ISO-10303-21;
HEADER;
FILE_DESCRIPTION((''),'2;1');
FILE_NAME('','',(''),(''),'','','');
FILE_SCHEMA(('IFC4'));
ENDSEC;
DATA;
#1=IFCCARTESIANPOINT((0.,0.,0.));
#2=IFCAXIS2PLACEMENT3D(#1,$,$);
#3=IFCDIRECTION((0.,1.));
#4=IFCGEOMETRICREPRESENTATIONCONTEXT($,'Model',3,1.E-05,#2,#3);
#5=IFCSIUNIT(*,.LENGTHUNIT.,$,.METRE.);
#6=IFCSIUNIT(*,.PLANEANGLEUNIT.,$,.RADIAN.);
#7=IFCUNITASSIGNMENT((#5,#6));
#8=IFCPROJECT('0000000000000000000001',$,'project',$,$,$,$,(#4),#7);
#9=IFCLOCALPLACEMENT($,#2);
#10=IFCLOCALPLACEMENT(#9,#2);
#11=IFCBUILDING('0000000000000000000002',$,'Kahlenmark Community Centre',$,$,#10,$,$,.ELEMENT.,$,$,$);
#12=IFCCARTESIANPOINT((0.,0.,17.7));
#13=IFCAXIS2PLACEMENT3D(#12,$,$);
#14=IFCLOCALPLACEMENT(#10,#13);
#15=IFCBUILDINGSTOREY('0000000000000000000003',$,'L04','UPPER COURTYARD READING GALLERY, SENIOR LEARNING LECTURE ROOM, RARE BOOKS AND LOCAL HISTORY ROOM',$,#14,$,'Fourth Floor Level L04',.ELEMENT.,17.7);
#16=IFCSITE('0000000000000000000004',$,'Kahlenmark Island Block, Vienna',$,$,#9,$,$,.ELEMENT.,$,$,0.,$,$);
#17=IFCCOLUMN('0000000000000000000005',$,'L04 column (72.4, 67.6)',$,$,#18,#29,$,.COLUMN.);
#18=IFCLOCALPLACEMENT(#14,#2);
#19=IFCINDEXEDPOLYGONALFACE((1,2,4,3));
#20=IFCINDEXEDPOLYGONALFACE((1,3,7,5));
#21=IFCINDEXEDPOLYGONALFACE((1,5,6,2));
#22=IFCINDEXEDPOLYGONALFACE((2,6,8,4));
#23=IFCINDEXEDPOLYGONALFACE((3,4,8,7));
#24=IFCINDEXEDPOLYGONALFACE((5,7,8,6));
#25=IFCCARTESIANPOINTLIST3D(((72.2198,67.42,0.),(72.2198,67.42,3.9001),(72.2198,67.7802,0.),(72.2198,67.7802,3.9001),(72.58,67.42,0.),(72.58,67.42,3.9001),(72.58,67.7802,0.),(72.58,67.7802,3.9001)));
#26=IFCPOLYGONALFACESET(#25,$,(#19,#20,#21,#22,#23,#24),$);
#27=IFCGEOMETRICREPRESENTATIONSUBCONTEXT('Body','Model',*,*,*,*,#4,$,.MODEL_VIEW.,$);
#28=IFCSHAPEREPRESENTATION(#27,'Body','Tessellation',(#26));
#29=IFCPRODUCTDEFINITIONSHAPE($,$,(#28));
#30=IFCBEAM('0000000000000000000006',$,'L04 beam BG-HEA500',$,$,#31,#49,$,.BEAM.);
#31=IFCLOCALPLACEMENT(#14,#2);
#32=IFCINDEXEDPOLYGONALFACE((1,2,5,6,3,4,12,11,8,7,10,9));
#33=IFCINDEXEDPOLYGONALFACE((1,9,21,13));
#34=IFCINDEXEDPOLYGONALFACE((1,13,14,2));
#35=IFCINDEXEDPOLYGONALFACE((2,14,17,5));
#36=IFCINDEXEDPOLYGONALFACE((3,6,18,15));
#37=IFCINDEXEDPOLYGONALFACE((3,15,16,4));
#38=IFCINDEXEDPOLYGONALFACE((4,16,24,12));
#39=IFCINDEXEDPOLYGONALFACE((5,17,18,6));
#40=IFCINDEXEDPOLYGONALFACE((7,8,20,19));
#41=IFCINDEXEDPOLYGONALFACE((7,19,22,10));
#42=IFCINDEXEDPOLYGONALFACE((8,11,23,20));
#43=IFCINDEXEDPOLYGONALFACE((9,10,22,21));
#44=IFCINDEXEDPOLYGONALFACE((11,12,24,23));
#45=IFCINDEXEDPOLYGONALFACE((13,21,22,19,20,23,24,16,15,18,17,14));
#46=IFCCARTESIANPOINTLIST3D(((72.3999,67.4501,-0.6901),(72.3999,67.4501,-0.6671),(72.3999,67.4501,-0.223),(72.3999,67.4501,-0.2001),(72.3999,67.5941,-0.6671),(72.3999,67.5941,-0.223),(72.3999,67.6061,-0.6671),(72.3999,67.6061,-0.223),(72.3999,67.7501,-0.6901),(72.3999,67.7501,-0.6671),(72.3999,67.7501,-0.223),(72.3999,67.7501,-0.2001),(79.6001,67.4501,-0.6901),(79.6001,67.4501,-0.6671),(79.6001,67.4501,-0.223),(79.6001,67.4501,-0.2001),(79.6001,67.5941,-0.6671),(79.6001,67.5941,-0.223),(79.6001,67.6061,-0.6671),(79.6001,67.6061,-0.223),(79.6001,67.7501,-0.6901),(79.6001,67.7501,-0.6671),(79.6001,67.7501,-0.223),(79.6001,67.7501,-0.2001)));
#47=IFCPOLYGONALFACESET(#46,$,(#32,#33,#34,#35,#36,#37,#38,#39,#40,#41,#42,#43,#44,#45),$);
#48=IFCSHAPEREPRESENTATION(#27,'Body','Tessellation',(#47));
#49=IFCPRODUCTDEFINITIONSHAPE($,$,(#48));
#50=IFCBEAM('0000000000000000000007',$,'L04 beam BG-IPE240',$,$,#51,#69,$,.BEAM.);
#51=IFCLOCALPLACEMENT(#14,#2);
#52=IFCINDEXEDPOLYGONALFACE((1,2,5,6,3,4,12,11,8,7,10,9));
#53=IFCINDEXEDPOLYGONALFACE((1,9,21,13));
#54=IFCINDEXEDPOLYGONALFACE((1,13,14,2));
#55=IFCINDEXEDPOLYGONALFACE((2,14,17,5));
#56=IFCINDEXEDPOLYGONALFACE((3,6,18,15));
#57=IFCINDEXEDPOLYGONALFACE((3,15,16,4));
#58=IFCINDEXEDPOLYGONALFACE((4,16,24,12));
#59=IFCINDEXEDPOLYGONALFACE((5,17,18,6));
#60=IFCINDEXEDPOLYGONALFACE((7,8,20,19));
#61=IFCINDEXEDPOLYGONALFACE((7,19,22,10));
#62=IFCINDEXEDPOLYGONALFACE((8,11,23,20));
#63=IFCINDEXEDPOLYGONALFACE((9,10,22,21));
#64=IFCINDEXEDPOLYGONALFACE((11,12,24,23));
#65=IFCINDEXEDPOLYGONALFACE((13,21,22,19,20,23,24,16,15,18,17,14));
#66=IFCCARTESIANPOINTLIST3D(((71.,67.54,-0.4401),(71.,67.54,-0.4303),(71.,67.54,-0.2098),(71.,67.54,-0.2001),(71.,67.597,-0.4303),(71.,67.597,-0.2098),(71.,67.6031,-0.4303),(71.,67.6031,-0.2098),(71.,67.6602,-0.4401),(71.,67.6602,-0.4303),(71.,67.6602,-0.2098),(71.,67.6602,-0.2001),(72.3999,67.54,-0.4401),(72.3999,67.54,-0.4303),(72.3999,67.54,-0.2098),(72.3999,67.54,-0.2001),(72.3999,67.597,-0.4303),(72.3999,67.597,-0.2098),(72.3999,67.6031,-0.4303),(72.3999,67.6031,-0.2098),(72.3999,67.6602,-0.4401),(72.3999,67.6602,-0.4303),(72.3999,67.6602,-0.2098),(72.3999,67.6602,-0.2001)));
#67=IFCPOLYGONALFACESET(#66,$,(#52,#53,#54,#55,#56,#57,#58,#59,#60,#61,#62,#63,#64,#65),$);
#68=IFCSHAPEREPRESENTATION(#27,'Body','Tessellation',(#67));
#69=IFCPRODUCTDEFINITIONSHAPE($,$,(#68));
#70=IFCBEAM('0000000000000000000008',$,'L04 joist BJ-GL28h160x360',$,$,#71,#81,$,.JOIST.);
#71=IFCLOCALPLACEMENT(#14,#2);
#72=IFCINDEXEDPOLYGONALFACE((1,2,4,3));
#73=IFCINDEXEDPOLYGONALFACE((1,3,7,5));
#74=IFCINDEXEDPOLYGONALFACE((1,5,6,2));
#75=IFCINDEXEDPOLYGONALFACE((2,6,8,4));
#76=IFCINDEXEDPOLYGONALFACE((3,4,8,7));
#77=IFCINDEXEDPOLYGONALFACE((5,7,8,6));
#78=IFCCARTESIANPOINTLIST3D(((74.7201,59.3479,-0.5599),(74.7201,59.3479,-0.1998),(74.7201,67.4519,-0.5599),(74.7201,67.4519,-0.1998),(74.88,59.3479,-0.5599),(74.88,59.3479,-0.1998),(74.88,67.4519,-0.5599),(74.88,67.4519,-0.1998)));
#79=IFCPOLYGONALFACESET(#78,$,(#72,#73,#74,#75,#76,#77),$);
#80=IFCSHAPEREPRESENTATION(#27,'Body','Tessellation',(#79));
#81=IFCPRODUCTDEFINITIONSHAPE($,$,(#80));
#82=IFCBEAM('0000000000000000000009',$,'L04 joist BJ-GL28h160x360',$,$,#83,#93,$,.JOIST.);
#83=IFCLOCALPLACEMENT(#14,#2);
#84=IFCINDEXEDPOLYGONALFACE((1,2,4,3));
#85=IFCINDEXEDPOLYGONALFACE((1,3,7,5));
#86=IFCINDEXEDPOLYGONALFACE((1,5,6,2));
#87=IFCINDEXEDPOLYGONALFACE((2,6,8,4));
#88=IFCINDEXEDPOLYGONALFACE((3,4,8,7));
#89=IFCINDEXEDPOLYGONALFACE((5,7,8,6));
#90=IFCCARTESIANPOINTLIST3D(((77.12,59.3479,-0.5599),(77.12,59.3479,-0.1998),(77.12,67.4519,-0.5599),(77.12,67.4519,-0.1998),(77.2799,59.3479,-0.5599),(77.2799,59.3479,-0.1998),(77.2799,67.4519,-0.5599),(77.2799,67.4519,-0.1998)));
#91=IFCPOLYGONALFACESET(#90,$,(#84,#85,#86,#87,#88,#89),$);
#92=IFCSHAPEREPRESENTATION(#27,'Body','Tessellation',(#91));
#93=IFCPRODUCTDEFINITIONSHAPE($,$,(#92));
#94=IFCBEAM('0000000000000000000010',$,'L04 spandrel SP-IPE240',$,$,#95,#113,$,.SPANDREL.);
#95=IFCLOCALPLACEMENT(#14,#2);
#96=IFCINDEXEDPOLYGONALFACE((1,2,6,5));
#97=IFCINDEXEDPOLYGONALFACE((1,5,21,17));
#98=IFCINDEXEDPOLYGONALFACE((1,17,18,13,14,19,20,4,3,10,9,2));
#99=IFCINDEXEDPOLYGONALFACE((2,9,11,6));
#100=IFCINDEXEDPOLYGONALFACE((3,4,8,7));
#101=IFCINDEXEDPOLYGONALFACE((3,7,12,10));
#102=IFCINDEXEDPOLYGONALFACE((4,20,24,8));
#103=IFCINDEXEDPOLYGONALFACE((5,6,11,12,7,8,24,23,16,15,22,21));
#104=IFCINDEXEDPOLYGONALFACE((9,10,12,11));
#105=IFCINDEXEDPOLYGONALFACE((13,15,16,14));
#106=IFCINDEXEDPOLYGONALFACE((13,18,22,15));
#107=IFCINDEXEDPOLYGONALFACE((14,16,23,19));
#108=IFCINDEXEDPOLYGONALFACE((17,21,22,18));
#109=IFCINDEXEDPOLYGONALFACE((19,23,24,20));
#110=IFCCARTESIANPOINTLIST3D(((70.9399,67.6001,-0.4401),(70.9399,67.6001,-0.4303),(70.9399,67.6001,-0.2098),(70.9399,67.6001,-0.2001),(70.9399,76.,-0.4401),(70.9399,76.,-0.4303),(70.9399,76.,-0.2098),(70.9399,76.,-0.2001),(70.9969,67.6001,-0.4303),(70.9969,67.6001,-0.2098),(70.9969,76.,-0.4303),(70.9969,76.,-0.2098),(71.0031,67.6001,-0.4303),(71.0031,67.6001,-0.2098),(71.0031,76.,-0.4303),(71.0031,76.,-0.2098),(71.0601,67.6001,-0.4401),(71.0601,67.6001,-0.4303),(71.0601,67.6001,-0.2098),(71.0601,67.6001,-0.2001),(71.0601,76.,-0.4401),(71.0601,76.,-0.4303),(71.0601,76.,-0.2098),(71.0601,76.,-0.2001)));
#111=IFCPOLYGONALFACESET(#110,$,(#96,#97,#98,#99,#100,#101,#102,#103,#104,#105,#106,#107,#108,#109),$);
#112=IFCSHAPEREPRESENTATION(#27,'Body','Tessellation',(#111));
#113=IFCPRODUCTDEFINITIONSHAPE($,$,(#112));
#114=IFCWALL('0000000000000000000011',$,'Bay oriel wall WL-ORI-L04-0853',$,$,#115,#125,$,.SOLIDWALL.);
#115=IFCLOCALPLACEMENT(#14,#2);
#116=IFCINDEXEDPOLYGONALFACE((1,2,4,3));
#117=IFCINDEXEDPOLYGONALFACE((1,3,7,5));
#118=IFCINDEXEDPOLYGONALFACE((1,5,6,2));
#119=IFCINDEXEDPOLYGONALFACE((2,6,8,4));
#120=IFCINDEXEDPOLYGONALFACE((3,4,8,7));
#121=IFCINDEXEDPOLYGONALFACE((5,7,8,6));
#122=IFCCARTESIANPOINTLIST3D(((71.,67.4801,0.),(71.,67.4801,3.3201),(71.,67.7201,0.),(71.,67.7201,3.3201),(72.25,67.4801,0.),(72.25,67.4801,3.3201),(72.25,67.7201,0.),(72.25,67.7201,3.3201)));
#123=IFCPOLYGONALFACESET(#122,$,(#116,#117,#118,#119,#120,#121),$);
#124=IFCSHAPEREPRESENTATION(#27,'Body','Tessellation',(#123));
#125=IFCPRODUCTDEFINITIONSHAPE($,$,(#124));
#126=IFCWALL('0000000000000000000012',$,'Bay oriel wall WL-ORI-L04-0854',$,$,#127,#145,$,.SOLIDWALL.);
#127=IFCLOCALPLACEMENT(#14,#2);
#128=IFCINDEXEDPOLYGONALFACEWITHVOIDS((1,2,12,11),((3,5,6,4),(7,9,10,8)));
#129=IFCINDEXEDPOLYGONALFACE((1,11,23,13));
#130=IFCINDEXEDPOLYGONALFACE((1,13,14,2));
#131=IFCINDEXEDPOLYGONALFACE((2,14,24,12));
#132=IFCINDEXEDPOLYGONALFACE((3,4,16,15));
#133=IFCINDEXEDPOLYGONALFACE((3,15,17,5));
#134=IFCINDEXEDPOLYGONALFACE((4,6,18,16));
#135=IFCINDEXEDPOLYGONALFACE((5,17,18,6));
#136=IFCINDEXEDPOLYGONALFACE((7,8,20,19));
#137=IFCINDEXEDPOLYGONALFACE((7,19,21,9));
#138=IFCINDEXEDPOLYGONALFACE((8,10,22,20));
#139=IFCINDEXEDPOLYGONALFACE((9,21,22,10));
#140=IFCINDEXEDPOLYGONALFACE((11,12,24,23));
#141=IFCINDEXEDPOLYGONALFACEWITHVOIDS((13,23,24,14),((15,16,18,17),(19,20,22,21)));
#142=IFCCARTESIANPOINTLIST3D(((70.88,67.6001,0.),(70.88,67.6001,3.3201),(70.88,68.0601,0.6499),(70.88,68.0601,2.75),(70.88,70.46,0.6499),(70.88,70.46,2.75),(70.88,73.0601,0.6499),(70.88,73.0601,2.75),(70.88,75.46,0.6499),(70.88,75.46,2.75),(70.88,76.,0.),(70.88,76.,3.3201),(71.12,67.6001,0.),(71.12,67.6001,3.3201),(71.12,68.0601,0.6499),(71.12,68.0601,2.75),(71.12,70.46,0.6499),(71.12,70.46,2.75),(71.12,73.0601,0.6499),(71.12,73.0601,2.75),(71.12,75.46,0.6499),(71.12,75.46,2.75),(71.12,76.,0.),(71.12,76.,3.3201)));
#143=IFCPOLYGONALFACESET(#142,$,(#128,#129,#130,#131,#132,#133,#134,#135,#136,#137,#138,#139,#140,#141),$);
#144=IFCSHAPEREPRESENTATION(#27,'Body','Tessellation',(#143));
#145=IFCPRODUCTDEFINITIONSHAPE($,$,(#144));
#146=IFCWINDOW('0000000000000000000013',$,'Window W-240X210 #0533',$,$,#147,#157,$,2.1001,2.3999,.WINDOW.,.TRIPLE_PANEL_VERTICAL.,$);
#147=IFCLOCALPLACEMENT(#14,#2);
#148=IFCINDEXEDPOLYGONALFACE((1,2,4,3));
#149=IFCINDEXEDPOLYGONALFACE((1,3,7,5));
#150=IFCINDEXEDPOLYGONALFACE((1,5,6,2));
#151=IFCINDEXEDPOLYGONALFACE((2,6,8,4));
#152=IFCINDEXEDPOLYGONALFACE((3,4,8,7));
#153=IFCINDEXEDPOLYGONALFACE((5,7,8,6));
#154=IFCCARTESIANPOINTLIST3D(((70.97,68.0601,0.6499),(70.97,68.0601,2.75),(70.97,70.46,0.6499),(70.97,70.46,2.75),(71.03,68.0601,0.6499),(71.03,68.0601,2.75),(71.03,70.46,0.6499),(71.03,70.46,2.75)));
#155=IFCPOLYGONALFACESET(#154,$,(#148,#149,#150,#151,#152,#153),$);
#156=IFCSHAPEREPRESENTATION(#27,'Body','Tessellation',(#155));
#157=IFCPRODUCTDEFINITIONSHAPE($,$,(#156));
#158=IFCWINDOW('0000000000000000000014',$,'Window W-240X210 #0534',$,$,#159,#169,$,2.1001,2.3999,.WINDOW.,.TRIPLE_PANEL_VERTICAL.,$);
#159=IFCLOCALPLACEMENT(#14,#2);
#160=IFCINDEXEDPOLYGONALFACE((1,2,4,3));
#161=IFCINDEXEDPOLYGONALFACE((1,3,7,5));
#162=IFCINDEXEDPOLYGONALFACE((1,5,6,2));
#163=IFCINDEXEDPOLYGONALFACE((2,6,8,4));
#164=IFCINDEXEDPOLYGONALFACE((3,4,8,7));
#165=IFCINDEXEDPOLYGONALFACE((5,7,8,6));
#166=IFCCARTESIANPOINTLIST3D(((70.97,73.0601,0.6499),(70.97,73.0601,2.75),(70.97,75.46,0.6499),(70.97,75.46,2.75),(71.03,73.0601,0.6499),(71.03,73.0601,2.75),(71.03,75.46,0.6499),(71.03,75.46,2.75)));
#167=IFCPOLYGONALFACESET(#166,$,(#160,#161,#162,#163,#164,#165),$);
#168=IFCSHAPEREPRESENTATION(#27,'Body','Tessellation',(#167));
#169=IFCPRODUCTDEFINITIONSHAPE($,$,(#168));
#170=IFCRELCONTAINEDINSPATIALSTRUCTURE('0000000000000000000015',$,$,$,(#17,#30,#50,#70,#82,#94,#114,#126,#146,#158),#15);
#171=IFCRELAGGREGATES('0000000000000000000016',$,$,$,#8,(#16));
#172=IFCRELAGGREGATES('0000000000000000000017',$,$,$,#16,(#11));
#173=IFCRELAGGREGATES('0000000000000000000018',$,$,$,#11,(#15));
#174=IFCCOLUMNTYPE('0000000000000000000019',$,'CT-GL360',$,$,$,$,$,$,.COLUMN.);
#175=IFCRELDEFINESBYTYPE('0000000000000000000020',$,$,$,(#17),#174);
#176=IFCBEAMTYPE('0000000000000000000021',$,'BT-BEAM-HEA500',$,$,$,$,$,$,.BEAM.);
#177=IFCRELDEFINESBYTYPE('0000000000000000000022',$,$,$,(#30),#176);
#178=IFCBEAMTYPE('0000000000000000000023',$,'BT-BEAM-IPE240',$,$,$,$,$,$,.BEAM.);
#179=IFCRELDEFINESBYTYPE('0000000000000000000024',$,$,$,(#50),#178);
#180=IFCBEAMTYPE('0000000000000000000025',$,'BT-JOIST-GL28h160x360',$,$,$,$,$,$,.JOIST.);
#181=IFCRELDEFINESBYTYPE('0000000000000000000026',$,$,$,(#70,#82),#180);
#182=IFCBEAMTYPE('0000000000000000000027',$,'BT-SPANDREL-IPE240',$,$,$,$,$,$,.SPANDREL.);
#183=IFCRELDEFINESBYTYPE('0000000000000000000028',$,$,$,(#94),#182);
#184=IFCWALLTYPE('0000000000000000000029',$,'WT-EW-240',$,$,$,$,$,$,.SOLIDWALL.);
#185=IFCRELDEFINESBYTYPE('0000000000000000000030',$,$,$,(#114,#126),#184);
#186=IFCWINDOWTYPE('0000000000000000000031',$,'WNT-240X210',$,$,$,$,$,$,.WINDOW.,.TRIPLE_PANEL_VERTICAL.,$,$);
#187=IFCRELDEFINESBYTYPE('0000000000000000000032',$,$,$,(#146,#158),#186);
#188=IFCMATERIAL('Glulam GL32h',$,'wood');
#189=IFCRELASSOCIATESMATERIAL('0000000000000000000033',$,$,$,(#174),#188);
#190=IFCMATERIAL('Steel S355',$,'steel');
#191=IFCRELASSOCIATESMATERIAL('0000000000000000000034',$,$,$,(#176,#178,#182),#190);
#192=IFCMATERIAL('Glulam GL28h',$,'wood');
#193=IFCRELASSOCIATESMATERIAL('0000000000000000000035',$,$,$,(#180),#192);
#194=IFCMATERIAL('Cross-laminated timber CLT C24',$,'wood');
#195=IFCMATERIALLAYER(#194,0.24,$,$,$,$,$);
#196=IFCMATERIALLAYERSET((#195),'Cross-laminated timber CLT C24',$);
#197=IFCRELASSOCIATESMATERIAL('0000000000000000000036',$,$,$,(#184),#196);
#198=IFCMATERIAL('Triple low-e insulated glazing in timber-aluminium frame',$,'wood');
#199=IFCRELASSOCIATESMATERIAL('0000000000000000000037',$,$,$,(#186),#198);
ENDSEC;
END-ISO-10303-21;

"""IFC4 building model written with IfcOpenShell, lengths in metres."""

from ifc_helpers import new_model, si_unit, direction, frame, frame_2d, origin, origin_2d, place, context, subcontext, project, spatial, rectangle, i_section, extrude, material, layer, layer_set, material_profile, profile_set, type_object, element, fill, save


model = new_model("IFC4")

# Units and contexts
model_context = context("Model", 3, precision=1e-05, world=origin(), true_north=direction((0.0, 1.0)))
body_context = subcontext(model_context, "Body", "Model", "MODEL_VIEW")
ifc_project = project(units=[si_unit("LENGTHUNIT", "METRE"), si_unit("PLANEANGLEUNIT", "RADIAN")], contexts=[model_context])

# Site, building, storey
site_placement = place(None, origin())
site = spatial("IfcSite", under=ifc_project, at=site_placement, Name="Kahlenmark Island Block, Vienna", CompositionType="ELEMENT", RefElevation=0.0)
building_placement = place(site_placement, origin())
building = spatial("IfcBuilding", under=site, at=building_placement, Name="Kahlenmark Community Centre", CompositionType="ELEMENT")
storey_placement = place(building_placement, frame((0.0, 0.0, 17.7)))
storey = spatial("IfcBuildingStorey", under=building, at=storey_placement, Name="L04", Description="UPPER COURTYARD READING GALLERY, SENIOR LEARNING LECTURE ROOM, RARE BOOKS AND LOCAL HISTORY ROOM", LongName="Fourth Floor Level L04", CompositionType="ELEMENT", Elevation=17.7)

# Column
ifc_material_1 = material(Name="Glulam GL32h", Category="wood")
ifc_material_profile_1 = material_profile(ifc_material_1, rectangle(XDim=0.3601, YDim=0.3601, at=origin_2d()), Name="GL32h 360x360")
ifc_profile_set_1 = profile_set([ifc_material_profile_1], Name="Glulam GL32h")
column_type = type_object("IfcColumnType", Name="CT-GL360", PredefinedType="COLUMN", material=ifc_profile_set_1)
column_placement = place(storey_placement, frame((72.3999, 67.6001, 0.0), z_axis=(0.0, 0.0, 1.0), x_axis=(1.0, 0.0, 0.0)))
element("IfcColumn", 1, at=column_placement, inside=storey, type_object=column_type, Name="L04 column (72.4, 67.6)", PredefinedType="COLUMN", context=body_context, shape_type="SweptSolid", body=[
    extrude(rectangle(XDim=0.3601, YDim=0.3601, at=origin_2d()), origin(), (0.0, 0.0, 1.0), 3.9001),
])

# Beams
ifc_material_2 = material(Name="Steel S355", Category="steel")
ifc_material_profile_2 = material_profile(ifc_material_2, i_section(OverallWidth=0.3, OverallDepth=0.49, WebThickness=0.012, FlangeThickness=0.0229, at=origin_2d()), Name="HEA 500")
ifc_profile_set_2 = profile_set([ifc_material_profile_2], Name="Steel S355")
beam_type_1 = type_object("IfcBeamType", Name="BT-BEAM-HEA500", PredefinedType="BEAM", material=ifc_profile_set_2)
beam_1_placement = place(storey_placement, frame((72.3999, 67.6001, -0.4451), z_axis=(1.0, 0.0, 0.0), x_axis=(0.0, 1.0, 0.0)))
element("IfcBeam", 2, at=beam_1_placement, inside=storey, type_object=beam_type_1, Name="L04 beam BG-HEA500", PredefinedType="BEAM", context=body_context, shape_type="SweptSolid", body=[
    extrude(i_section(OverallWidth=0.3, OverallDepth=0.49, WebThickness=0.012, FlangeThickness=0.0229, at=origin_2d()), origin(), (0.0, 0.0, 1.0), 7.2002),
])
ifc_material_profile_3 = material_profile(ifc_material_2, i_section(OverallWidth=0.1201, OverallDepth=0.24, WebThickness=0.0061, FlangeThickness=0.0098, at=origin_2d()), Name="IPE 240")
ifc_profile_set_3 = profile_set([ifc_material_profile_3], Name="Steel S355")
beam_type_2 = type_object("IfcBeamType", Name="BT-BEAM-IPE240", PredefinedType="BEAM", material=ifc_profile_set_3)
beam_2_placement = place(storey_placement, frame((71.0, 67.6001, -0.3201), z_axis=(1.0, 0.0, 0.0), x_axis=(0.0, 1.0, 0.0)))
element("IfcBeam", 3, at=beam_2_placement, inside=storey, type_object=beam_type_2, Name="L04 beam BG-IPE240", PredefinedType="BEAM", context=body_context, shape_type="SweptSolid", body=[
    extrude(i_section(OverallWidth=0.1201, OverallDepth=0.24, WebThickness=0.0061, FlangeThickness=0.0098, at=origin_2d()), origin(), (0.0, 0.0, 1.0), 1.3999),
])
ifc_material_3 = material(Name="Glulam GL28h", Category="wood")
ifc_material_profile_4 = material_profile(ifc_material_3, rectangle(XDim=0.1599, YDim=0.3601, at=origin_2d()), Name="GL28h 160x360")
ifc_profile_set_4 = profile_set([ifc_material_profile_4], Name="Glulam GL28h")
beam_type_3 = type_object("IfcBeamType", Name="BT-JOIST-GL28h160x360", PredefinedType="JOIST", material=ifc_profile_set_4)
for number, where, z_axis, x_axis, name in (
    (4, (74.8, 59.3479, -0.3799), (0.0, 1.0, 0.0), (-1.0, 0.0, 0.0), "L04 joist BJ-GL28h160x360"),
    (5, (77.2, 59.3479, -0.3799), (0.0, 1.0, 0.0), (-1.0, 0.0, 0.0), "L04 joist BJ-GL28h160x360"),
):
    element("IfcBeam", number, at=place(storey_placement, frame(where, z_axis=z_axis, x_axis=x_axis)), inside=storey, type_object=beam_type_3, Name=name, PredefinedType="JOIST", context=body_context, shape_type="SweptSolid", body=[
        extrude(rectangle(XDim=0.1599, YDim=0.3601, at=origin_2d()), origin(), (0.0, 0.0, 1.0), 8.104),
    ])
ifc_material_profile_5 = material_profile(ifc_material_2, i_section(OverallWidth=0.1201, OverallDepth=0.24, WebThickness=0.0061, FlangeThickness=0.0098, at=origin_2d()), Name="IPE 240")
ifc_profile_set_5 = profile_set([ifc_material_profile_5], Name="Steel S355")
beam_type_4 = type_object("IfcBeamType", Name="BT-SPANDREL-IPE240", PredefinedType="SPANDREL", material=ifc_profile_set_5)
beam_3_placement = place(storey_placement, frame((71.0, 67.6001, -0.3201), z_axis=(0.0, 1.0, 0.0), x_axis=(-1.0, 0.0, 0.0)))
element("IfcBeam", 6, at=beam_3_placement, inside=storey, type_object=beam_type_4, Name="L04 spandrel SP-IPE240", PredefinedType="SPANDREL", context=body_context, shape_type="SweptSolid", body=[
    extrude(i_section(OverallWidth=0.1201, OverallDepth=0.24, WebThickness=0.0061, FlangeThickness=0.0098, at=origin_2d()), origin(), (0.0, 0.0, 1.0), 8.3999),
])

# Wall
ifc_material_4 = material(Name="Cross-laminated timber CLT C24", Category="wood")
ifc_layer_1 = layer(ifc_material_4, 0.24)
ifc_layer_set_1 = layer_set([ifc_layer_1], Name="Cross-laminated timber CLT C24")
wall_type_1 = type_object("IfcWallType", Name="WT-EW-240", PredefinedType="SOLIDWALL", material=ifc_layer_set_1)
wall_1_placement = place(storey_placement, frame((72.25, 67.6001, 0.0), z_axis=(0.0, 0.0, 1.0), x_axis=(-1.0, 0.0, 0.0)))
element("IfcWall", 7, at=wall_1_placement, inside=storey, type_object=wall_type_1, Name="Bay oriel wall WL-ORI-L04-0853", PredefinedType="SOLIDWALL", context=body_context, shape_type="SweptSolid", body=[
    extrude(rectangle(XDim=1.25, YDim=0.24, at=frame_2d((0.625, 0.0))), origin(), (0.0, 0.0, 1.0), 3.3201),
])

# Wall, openings, windows
wall_2_placement = place(storey_placement, frame((71.0, 67.6001, 0.0), z_axis=(0.0, 0.0, 1.0), x_axis=(0.0, 1.0, 0.0)))
wall_2 = element("IfcWall", 8, at=wall_2_placement, inside=storey, type_object=wall_type_1, Name="Bay oriel wall WL-ORI-L04-0854", PredefinedType="SOLIDWALL", context=body_context, shape_type="SweptSolid", body=[
    extrude(rectangle(XDim=8.3999, YDim=0.24, at=frame_2d((4.2, 0.0))), origin(), (0.0, 0.0, 1.0), 3.3201),
])
opening_1_placement = place(wall_2_placement, frame((0.46, 0.0, 0.6499)))
opening_1 = element("IfcOpeningElement", 9, at=opening_1_placement, cuts=wall_2, PredefinedType="OPENING", context=body_context, shape_type="SweptSolid", body=[
    extrude(rectangle(XDim=2.3999, YDim=2.1001, at=frame_2d((1.2, 1.05))), frame((0.0, 0.1299, 0.0), z_axis=(0.0, -1.0, 0.0), x_axis=(1.0, 0.0, 0.0)), (0.0, 0.0, 1.0), 0.26),
])
opening_2_placement = place(wall_2_placement, frame((5.46, 0.0, 0.6499)))
opening_2 = element("IfcOpeningElement", 10, at=opening_2_placement, cuts=wall_2, PredefinedType="OPENING", context=body_context, shape_type="SweptSolid", body=[
    extrude(rectangle(XDim=2.3999, YDim=2.1001, at=frame_2d((1.2, 1.05))), frame((0.0, 0.1299, 0.0), z_axis=(0.0, -1.0, 0.0), x_axis=(1.0, 0.0, 0.0)), (0.0, 0.0, 1.0), 0.26),
])
ifc_material_5 = material(Name="Triple low-e insulated glazing in timber-aluminium frame", Category="wood")
window_type = type_object("IfcWindowType", Name="WNT-240X210", PartitioningType="TRIPLE_PANEL_VERTICAL", PredefinedType="WINDOW", material=ifc_material_5)
window_1_placement = place(opening_1_placement, origin())
window_1 = element("IfcWindow", 11, at=window_1_placement, inside=storey, type_object=window_type, Name="Window W-240X210 #0533", OverallHeight=2.1001, OverallWidth=2.3999, PartitioningType="TRIPLE_PANEL_VERTICAL", PredefinedType="WINDOW", context=body_context, shape_type="SweptSolid", body=[
    extrude(rectangle(XDim=2.3999, YDim=2.1001, at=frame_2d((1.2, 1.05))), frame((0.0, 0.03, 0.0), z_axis=(0.0, -1.0, 0.0), x_axis=(1.0, 0.0, 0.0)), (0.0, 0.0, 1.0), 0.0601),
])
fill(opening_1, window_1)
window_2_placement = place(opening_2_placement, origin())
window_2 = element("IfcWindow", 12, at=window_2_placement, inside=storey, type_object=window_type, Name="Window W-240X210 #0534", OverallHeight=2.1001, OverallWidth=2.3999, PartitioningType="TRIPLE_PANEL_VERTICAL", PredefinedType="WINDOW", context=body_context, shape_type="SweptSolid", body=[
    extrude(rectangle(XDim=2.3999, YDim=2.1001, at=frame_2d((1.2, 1.05))), frame((0.0, 0.03, 0.0), z_axis=(0.0, -1.0, 0.0), x_axis=(1.0, 0.0, 0.0)), (0.0, 0.0, 1.0), 0.0601),
])
fill(opening_2, window_2)

save(model, "model.ifc")
